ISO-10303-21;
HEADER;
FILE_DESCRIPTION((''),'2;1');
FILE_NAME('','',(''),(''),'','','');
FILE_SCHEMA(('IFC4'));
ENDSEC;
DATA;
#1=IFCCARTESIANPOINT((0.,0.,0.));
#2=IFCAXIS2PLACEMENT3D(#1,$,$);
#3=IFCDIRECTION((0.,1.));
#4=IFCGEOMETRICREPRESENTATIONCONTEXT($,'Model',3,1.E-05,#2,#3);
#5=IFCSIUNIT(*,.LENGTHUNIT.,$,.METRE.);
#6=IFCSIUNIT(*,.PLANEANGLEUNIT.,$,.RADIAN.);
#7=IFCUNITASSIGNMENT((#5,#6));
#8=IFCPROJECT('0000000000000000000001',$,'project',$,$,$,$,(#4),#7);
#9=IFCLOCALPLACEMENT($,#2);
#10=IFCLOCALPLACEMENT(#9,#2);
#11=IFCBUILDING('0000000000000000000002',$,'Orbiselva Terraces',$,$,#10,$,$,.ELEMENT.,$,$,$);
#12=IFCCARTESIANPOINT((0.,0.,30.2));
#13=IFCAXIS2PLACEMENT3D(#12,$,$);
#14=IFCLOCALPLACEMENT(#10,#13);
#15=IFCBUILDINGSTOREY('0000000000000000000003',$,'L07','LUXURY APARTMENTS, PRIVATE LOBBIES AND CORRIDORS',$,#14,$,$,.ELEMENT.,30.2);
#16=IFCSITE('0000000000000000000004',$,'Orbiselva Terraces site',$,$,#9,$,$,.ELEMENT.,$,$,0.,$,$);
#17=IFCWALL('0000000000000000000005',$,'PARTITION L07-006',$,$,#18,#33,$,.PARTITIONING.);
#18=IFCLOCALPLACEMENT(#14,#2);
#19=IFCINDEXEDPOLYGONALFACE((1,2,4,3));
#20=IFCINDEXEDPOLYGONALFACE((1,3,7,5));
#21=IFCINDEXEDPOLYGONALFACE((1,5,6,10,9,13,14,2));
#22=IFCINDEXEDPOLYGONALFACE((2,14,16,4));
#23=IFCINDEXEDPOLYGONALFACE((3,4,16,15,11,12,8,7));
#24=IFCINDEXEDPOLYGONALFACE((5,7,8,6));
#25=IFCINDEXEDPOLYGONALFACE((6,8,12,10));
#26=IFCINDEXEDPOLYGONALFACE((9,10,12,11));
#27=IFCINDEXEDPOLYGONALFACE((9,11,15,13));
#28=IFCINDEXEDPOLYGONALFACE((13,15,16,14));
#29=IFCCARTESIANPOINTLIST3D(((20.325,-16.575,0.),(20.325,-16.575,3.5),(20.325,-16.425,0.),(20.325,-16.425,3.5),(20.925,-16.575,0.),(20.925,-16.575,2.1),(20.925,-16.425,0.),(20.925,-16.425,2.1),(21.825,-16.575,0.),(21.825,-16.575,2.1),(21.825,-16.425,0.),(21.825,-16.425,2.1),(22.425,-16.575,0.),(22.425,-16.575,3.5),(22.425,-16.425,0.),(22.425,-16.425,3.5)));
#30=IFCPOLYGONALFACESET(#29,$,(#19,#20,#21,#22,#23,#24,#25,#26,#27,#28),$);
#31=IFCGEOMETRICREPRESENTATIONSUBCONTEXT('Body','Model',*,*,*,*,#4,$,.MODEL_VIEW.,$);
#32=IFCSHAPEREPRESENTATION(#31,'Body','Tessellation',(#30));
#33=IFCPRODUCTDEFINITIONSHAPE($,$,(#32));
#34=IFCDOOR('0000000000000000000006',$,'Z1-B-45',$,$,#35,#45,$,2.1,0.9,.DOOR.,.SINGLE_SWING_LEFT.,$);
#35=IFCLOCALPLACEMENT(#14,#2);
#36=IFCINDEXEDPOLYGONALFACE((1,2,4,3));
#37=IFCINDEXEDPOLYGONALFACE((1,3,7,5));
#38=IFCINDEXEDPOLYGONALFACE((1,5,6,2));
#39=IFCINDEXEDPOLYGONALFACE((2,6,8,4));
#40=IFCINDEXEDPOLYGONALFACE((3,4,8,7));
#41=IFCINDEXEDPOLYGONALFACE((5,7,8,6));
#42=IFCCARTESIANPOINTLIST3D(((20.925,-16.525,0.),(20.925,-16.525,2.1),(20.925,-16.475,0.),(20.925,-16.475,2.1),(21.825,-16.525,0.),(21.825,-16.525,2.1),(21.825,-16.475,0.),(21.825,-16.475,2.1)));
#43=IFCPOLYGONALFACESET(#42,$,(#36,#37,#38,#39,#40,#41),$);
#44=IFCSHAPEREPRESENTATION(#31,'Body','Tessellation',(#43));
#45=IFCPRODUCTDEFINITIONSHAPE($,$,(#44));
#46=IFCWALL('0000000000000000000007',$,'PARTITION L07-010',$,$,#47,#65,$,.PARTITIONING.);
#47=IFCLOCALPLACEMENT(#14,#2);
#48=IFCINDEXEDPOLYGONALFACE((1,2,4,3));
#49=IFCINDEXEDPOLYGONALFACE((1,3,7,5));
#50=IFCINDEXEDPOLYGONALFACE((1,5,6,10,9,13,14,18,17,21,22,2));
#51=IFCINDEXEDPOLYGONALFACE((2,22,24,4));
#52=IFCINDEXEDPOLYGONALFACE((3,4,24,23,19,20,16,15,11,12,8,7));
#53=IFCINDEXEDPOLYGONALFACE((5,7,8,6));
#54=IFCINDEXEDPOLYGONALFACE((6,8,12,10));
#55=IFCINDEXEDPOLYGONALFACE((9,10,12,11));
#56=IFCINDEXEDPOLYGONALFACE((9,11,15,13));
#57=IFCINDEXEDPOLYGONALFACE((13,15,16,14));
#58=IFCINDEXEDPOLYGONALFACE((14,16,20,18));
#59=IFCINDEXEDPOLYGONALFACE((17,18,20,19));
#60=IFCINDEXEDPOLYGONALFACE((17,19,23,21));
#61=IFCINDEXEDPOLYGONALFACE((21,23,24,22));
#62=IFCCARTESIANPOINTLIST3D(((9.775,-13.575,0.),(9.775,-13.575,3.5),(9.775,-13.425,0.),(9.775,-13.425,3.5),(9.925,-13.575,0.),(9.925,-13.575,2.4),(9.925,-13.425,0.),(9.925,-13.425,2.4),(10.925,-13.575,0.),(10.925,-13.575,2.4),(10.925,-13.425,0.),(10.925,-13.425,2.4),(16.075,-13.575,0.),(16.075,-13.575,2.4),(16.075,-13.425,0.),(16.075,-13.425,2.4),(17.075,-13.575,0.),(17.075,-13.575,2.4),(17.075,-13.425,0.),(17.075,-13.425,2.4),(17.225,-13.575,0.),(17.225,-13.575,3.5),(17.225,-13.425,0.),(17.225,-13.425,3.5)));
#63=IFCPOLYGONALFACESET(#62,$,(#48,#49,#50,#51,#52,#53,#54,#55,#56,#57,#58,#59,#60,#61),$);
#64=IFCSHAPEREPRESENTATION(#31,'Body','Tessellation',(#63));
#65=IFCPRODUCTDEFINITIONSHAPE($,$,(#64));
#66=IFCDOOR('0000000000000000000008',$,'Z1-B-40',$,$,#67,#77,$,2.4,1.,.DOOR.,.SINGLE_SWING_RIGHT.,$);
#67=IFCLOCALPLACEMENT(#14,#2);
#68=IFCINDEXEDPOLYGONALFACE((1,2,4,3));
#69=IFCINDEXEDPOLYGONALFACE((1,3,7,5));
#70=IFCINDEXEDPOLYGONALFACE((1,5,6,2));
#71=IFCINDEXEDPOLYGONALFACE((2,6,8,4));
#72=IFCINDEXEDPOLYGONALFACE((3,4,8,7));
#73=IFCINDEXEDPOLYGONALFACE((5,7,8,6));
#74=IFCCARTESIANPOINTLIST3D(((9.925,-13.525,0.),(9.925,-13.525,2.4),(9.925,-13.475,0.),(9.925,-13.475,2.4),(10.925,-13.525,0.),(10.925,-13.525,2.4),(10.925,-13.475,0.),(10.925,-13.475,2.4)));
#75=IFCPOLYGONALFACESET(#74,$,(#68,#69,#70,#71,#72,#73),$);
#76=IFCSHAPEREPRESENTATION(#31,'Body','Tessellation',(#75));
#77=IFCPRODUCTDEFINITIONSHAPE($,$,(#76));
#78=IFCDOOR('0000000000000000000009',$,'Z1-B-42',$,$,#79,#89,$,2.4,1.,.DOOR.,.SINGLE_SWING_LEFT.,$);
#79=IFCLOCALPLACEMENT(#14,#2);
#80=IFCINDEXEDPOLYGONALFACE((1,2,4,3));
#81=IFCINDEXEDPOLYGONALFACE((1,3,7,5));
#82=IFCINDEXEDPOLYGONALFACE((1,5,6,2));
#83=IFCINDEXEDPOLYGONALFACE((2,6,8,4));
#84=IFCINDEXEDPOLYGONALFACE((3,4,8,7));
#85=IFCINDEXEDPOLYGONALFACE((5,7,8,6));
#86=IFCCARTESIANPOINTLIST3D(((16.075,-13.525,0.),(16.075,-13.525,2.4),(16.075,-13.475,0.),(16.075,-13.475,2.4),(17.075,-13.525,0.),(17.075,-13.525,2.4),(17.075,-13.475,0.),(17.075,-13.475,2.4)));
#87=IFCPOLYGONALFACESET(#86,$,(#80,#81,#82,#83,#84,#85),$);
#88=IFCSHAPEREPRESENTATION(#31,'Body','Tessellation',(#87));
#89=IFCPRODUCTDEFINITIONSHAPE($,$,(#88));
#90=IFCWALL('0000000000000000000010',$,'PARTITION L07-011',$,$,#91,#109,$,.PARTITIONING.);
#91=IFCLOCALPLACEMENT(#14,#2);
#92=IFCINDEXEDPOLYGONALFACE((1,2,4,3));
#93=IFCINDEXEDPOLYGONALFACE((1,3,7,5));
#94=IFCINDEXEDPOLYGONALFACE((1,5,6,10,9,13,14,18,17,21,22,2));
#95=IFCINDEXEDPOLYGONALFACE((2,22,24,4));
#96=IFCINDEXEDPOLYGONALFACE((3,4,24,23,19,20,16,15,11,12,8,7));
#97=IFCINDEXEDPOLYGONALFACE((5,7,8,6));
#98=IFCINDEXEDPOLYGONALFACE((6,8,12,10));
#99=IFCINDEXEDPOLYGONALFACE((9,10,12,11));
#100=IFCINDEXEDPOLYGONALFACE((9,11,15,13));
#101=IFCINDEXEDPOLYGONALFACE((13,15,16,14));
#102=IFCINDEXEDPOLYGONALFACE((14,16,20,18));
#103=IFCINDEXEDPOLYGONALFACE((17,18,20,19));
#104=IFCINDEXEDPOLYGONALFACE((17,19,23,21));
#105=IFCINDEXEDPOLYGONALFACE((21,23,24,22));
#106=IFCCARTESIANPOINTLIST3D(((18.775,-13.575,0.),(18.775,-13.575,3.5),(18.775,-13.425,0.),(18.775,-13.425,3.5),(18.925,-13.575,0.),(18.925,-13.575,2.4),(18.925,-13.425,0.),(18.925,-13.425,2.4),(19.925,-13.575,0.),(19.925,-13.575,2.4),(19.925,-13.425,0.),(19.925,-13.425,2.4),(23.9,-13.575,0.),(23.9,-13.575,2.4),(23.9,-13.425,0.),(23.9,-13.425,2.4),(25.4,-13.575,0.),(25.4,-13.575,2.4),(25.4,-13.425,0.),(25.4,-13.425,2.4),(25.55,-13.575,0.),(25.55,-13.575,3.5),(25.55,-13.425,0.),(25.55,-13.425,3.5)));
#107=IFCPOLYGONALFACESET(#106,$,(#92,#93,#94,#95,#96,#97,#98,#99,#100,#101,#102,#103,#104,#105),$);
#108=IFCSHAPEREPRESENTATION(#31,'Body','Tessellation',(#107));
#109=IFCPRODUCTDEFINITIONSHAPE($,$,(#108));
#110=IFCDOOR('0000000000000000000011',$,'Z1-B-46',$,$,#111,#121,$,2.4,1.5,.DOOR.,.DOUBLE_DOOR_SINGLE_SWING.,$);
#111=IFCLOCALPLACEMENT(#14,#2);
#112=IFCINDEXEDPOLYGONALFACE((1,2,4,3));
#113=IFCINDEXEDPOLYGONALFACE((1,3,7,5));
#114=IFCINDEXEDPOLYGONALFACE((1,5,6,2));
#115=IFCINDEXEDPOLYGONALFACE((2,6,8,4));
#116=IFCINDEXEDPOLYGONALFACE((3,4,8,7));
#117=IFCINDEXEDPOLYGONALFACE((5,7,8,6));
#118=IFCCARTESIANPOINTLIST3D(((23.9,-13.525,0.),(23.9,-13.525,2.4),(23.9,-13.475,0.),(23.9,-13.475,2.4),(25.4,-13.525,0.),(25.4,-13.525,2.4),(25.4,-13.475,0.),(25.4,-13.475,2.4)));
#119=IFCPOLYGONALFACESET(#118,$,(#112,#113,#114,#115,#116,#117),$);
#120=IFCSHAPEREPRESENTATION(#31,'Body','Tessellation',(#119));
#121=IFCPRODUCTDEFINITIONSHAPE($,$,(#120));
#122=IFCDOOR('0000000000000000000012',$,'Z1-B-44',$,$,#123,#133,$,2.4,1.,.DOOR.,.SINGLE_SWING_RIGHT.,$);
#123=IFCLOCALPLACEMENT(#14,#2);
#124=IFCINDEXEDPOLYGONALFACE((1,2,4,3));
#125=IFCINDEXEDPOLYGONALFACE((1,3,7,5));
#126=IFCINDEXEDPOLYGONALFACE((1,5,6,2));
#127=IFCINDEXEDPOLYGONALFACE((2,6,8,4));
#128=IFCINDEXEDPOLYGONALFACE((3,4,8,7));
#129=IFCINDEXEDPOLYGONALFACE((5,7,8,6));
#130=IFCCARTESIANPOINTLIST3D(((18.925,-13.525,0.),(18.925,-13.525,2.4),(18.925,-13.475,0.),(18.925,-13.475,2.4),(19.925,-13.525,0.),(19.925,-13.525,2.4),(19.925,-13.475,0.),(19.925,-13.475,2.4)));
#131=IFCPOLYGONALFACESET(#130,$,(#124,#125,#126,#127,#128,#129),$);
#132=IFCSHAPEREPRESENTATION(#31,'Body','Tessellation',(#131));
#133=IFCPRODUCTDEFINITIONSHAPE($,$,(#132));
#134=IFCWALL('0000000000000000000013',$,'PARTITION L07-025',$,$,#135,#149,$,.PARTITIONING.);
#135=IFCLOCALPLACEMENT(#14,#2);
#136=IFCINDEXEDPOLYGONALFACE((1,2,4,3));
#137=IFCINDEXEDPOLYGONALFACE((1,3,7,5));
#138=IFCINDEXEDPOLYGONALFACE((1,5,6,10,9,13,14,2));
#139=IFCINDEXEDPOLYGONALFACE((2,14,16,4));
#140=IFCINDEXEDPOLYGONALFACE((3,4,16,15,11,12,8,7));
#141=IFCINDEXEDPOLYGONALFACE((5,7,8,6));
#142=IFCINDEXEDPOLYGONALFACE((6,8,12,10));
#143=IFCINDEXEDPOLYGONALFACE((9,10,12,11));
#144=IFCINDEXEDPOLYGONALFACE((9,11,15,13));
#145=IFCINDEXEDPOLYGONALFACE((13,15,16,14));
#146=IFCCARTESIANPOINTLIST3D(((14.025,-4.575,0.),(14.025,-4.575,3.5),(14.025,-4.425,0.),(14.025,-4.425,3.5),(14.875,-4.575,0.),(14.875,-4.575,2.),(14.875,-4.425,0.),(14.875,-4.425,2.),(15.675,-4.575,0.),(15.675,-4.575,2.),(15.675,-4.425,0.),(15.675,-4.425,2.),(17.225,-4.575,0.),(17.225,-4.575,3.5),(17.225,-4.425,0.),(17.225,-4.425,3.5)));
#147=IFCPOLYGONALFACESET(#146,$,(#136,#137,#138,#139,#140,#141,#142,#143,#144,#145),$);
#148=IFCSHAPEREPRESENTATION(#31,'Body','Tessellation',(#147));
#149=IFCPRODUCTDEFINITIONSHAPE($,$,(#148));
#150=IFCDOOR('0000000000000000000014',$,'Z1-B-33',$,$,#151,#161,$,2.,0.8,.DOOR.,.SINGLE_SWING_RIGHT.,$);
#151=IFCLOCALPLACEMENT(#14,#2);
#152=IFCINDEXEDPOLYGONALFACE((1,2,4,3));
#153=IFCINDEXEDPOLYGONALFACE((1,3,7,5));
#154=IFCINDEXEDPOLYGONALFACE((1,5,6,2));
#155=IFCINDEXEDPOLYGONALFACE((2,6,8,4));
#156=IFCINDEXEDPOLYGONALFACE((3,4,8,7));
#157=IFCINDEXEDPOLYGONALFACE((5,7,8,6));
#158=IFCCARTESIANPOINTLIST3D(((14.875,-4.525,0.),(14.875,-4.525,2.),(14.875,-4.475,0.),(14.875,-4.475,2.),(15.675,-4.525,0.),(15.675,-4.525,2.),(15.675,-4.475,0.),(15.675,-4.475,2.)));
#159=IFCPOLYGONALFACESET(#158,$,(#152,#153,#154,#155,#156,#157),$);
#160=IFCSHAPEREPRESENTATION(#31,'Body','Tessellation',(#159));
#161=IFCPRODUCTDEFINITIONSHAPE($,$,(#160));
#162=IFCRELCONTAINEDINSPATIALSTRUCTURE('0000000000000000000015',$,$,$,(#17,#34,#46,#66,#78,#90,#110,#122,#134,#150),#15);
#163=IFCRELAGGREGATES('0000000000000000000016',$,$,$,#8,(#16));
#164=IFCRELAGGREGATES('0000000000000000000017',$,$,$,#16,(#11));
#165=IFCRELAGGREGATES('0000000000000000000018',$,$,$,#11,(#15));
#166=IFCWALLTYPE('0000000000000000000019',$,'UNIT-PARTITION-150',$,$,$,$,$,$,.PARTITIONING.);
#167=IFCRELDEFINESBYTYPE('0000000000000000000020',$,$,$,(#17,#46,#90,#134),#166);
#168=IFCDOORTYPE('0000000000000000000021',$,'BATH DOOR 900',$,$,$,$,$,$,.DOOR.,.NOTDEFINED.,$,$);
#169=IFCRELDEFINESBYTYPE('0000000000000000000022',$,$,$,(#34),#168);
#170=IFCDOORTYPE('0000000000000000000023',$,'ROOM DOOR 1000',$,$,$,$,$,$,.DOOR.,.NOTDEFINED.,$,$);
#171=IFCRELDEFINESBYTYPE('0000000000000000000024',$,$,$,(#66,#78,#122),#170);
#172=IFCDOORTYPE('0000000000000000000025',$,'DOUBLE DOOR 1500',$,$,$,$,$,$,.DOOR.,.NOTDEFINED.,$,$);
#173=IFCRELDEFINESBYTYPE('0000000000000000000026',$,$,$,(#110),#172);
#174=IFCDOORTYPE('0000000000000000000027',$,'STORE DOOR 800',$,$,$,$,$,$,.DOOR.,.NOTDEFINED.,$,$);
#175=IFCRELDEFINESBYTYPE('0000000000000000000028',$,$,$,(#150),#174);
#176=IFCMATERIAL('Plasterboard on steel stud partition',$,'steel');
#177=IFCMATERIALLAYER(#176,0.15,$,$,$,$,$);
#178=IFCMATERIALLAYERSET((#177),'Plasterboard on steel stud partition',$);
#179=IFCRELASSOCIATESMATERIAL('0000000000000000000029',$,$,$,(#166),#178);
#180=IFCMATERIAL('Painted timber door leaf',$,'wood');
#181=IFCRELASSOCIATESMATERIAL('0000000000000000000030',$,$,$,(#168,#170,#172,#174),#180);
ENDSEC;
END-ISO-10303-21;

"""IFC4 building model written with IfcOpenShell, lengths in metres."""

from ifc_helpers import new_model, si_unit, direction, frame, frame_2d, origin, place, context, subcontext, project, spatial, rectangle, extrude, material, layer, layer_set, type_object, element, fill, save


model = new_model("IFC4")

# Units and contexts
model_context = context("Model", 3, precision=1e-05, world=origin(), true_north=direction((0.0, 1.0)))
body_context = subcontext(model_context, "Body", "Model", "MODEL_VIEW")
ifc_project = project(units=[si_unit("LENGTHUNIT", "METRE"), si_unit("PLANEANGLEUNIT", "RADIAN")], contexts=[model_context])

# Site, building, storey
site_placement = place(None, origin())
site = spatial("IfcSite", under=ifc_project, at=site_placement, Name="Orbiselva Terraces site", CompositionType="ELEMENT", RefElevation=0.0)
building_placement = place(site_placement, origin())
building = spatial("IfcBuilding", under=site, at=building_placement, Name="Orbiselva Terraces", CompositionType="ELEMENT")
storey_placement = place(building_placement, frame((0.0, 0.0, 30.2)))
storey = spatial("IfcBuildingStorey", under=building, at=storey_placement, Name="L07", Description="LUXURY APARTMENTS, PRIVATE LOBBIES AND CORRIDORS", CompositionType="ELEMENT", Elevation=30.2)

# Shared definitions
ifc_material_1 = material(Name="Plasterboard on steel stud partition", Category="steel")

# Wall, opening, door
ifc_layer_1 = layer(ifc_material_1, 0.15)
ifc_layer_set_1 = layer_set([ifc_layer_1], Name="Plasterboard on steel stud partition")
wall_type_1 = type_object("IfcWallType", Name="UNIT-PARTITION-150", PredefinedType="PARTITIONING", material=ifc_layer_set_1)
wall_1_placement = place(storey_placement, frame((20.325, -16.5, 0.0), z_axis=(0.0, 0.0, 1.0), x_axis=(1.0, 0.0, 0.0)))
wall_1 = element("IfcWall", 1, at=wall_1_placement, inside=storey, type_object=wall_type_1, Name="PARTITION L07-006", PredefinedType="PARTITIONING", context=body_context, shape_type="SweptSolid", body=[
    extrude(rectangle(XDim=2.1, YDim=0.15, at=frame_2d((1.05, 0.0))), origin(), (0.0, 0.0, 1.0), 3.5),
])
opening_1_placement = place(wall_1_placement, frame((0.6, 0.0, 0.0)))
opening_1 = element("IfcOpeningElement", 2, at=opening_1_placement, cuts=wall_1, PredefinedType="OPENING", context=body_context, shape_type="SweptSolid", body=[
    extrude(rectangle(XDim=0.9, YDim=2.1, at=frame_2d((0.45, 1.05))), frame((0.0, 0.085, 0.0), z_axis=(0.0, -1.0, 0.0), x_axis=(1.0, 0.0, 0.0)), (0.0, 0.0, 1.0), 0.17),
])
ifc_material_2 = material(Name="Painted timber door leaf", Category="wood")
door_type_1 = type_object("IfcDoorType", Name="BATH DOOR 900", OperationType="NOTDEFINED", PredefinedType="DOOR", material=ifc_material_2)
door_1_placement = place(opening_1_placement, origin())
door_1 = element("IfcDoor", 3, at=door_1_placement, inside=storey, type_object=door_type_1, Name="Z1-B-45", OperationType="SINGLE_SWING_LEFT", OverallHeight=2.1, OverallWidth=0.9, PredefinedType="DOOR", context=body_context, shape_type="SweptSolid", body=[
    extrude(rectangle(XDim=0.9, YDim=2.1, at=frame_2d((0.45, 1.05))), frame((0.0, 0.025, 0.0), z_axis=(0.0, -1.0, 0.0), x_axis=(1.0, 0.0, 0.0)), (0.0, 0.0, 1.0), 0.05),
])
fill(opening_1, door_1)

# Walls, openings, doors
wall_2_placement = place(storey_placement, frame((17.225, -13.5, 0.0), z_axis=(0.0, 0.0, 1.0), x_axis=(-1.0, 0.0, 0.0)))
wall_2 = element("IfcWall", 4, at=wall_2_placement, inside=storey, type_object=wall_type_1, Name="PARTITION L07-010", PredefinedType="PARTITIONING", context=body_context, shape_type="SweptSolid", body=[
    extrude(rectangle(XDim=7.45, YDim=0.15, at=frame_2d((3.725, 0.0))), origin(), (0.0, 0.0, 1.0), 3.5),
])
opening_2_placement = place(wall_2_placement, frame((6.3, 0.0, 0.0)))
opening_2 = element("IfcOpeningElement", 5, at=opening_2_placement, cuts=wall_2, PredefinedType="OPENING", context=body_context, shape_type="SweptSolid", body=[
    extrude(rectangle(XDim=1.0, YDim=2.4, at=frame_2d((0.5, 1.2))), frame((0.0, 0.085, 0.0), z_axis=(0.0, -1.0, 0.0), x_axis=(1.0, 0.0, 0.0)), (0.0, 0.0, 1.0), 0.17),
])
opening_3_placement = place(wall_2_placement, frame((0.15, 0.0, 0.0)))
opening_3 = element("IfcOpeningElement", 6, at=opening_3_placement, cuts=wall_2, PredefinedType="OPENING", context=body_context, shape_type="SweptSolid", body=[
    extrude(rectangle(XDim=1.0, YDim=2.4, at=frame_2d((0.5, 1.2))), frame((0.0, 0.085, 0.0), z_axis=(0.0, -1.0, 0.0), x_axis=(1.0, 0.0, 0.0)), (0.0, 0.0, 1.0), 0.17),
])
door_type_2 = type_object("IfcDoorType", Name="ROOM DOOR 1000", OperationType="NOTDEFINED", PredefinedType="DOOR", material=ifc_material_2)
door_2_placement = place(opening_2_placement, origin())
door_2 = element("IfcDoor", 7, at=door_2_placement, inside=storey, type_object=door_type_2, Name="Z1-B-40", OperationType="SINGLE_SWING_RIGHT", OverallHeight=2.4, OverallWidth=1.0, PredefinedType="DOOR", context=body_context, shape_type="SweptSolid", body=[
    extrude(rectangle(XDim=1.0, YDim=2.4, at=frame_2d((0.5, 1.2))), frame((0.0, 0.025, 0.0), z_axis=(0.0, -1.0, 0.0), x_axis=(1.0, 0.0, 0.0)), (0.0, 0.0, 1.0), 0.05),
])
fill(opening_2, door_2)
door_3_placement = place(opening_3_placement, origin())
door_3 = element("IfcDoor", 8, at=door_3_placement, inside=storey, type_object=door_type_2, Name="Z1-B-42", OperationType="SINGLE_SWING_LEFT", OverallHeight=2.4, OverallWidth=1.0, PredefinedType="DOOR", context=body_context, shape_type="SweptSolid", body=[
    extrude(rectangle(XDim=1.0, YDim=2.4, at=frame_2d((0.5, 1.2))), frame((0.0, 0.025, 0.0), z_axis=(0.0, -1.0, 0.0), x_axis=(1.0, 0.0, 0.0)), (0.0, 0.0, 1.0), 0.05),
])
fill(opening_3, door_3)
wall_3_placement = place(storey_placement, frame((25.55, -13.5, 0.0), z_axis=(0.0, 0.0, 1.0), x_axis=(-1.0, 0.0, 0.0)))
wall_3 = element("IfcWall", 9, at=wall_3_placement, inside=storey, type_object=wall_type_1, Name="PARTITION L07-011", PredefinedType="PARTITIONING", context=body_context, shape_type="SweptSolid", body=[
    extrude(rectangle(XDim=6.775, YDim=0.15, at=frame_2d((3.3875, 0.0))), origin(), (0.0, 0.0, 1.0), 3.5),
])
opening_4_placement = place(wall_3_placement, frame((5.625, 0.0, 0.0)))
opening_4 = element("IfcOpeningElement", 10, at=opening_4_placement, cuts=wall_3, PredefinedType="OPENING", context=body_context, shape_type="SweptSolid", body=[
    extrude(rectangle(XDim=1.0, YDim=2.4, at=frame_2d((0.5, 1.2))), frame((0.0, 0.085, 0.0), z_axis=(0.0, -1.0, 0.0), x_axis=(1.0, 0.0, 0.0)), (0.0, 0.0, 1.0), 0.17),
])
opening_5_placement = place(wall_3_placement, frame((0.15, 0.0, 0.0)))
opening_5 = element("IfcOpeningElement", 11, at=opening_5_placement, cuts=wall_3, PredefinedType="OPENING", context=body_context, shape_type="SweptSolid", body=[
    extrude(rectangle(XDim=1.5, YDim=2.4, at=frame_2d((0.75, 1.2))), frame((0.0, 0.085, 0.0), z_axis=(0.0, -1.0, 0.0), x_axis=(1.0, 0.0, 0.0)), (0.0, 0.0, 1.0), 0.17),
])
door_type_3 = type_object("IfcDoorType", Name="DOUBLE DOOR 1500", OperationType="NOTDEFINED", PredefinedType="DOOR", material=ifc_material_2)
door_4_placement = place(opening_5_placement, origin())
door_4 = element("IfcDoor", 12, at=door_4_placement, inside=storey, type_object=door_type_3, Name="Z1-B-46", OperationType="DOUBLE_DOOR_SINGLE_SWING", OverallHeight=2.4, OverallWidth=1.5, PredefinedType="DOOR", context=body_context, shape_type="SweptSolid", body=[
    extrude(rectangle(XDim=1.5, YDim=2.4, at=frame_2d((0.75, 1.2))), frame((0.0, 0.025, 0.0), z_axis=(0.0, -1.0, 0.0), x_axis=(1.0, 0.0, 0.0)), (0.0, 0.0, 1.0), 0.05),
])
fill(opening_5, door_4)
door_5_placement = place(opening_4_placement, origin())
door_5 = element("IfcDoor", 13, at=door_5_placement, inside=storey, type_object=door_type_2, Name="Z1-B-44", OperationType="SINGLE_SWING_RIGHT", OverallHeight=2.4, OverallWidth=1.0, PredefinedType="DOOR", context=body_context, shape_type="SweptSolid", body=[
    extrude(rectangle(XDim=1.0, YDim=2.4, at=frame_2d((0.5, 1.2))), frame((0.0, 0.025, 0.0), z_axis=(0.0, -1.0, 0.0), x_axis=(1.0, 0.0, 0.0)), (0.0, 0.0, 1.0), 0.05),
])
fill(opening_4, door_5)

# Wall, opening, door
wall_4_placement = place(storey_placement, frame((17.225, -4.5, 0.0), z_axis=(0.0, 0.0, 1.0), x_axis=(-1.0, 0.0, 0.0)))
wall_4 = element("IfcWall", 14, at=wall_4_placement, inside=storey, type_object=wall_type_1, Name="PARTITION L07-025", PredefinedType="PARTITIONING", context=body_context, shape_type="SweptSolid", body=[
    extrude(rectangle(XDim=3.2, YDim=0.15, at=frame_2d((1.6, 0.0))), origin(), (0.0, 0.0, 1.0), 3.5),
])
opening_6_placement = place(wall_4_placement, frame((1.55, 0.0, 0.0)))
opening_6 = element("IfcOpeningElement", 15, at=opening_6_placement, cuts=wall_4, PredefinedType="OPENING", context=body_context, shape_type="SweptSolid", body=[
    extrude(rectangle(XDim=0.8, YDim=2.0, at=frame_2d((0.4, 1.0))), frame((0.0, 0.085, 0.0), z_axis=(0.0, -1.0, 0.0), x_axis=(1.0, 0.0, 0.0)), (0.0, 0.0, 1.0), 0.17),
])
door_type_4 = type_object("IfcDoorType", Name="STORE DOOR 800", OperationType="NOTDEFINED", PredefinedType="DOOR", material=ifc_material_2)
door_6_placement = place(opening_6_placement, origin())
door_6 = element("IfcDoor", 16, at=door_6_placement, inside=storey, type_object=door_type_4, Name="Z1-B-33", OperationType="SINGLE_SWING_RIGHT", OverallHeight=2.0, OverallWidth=0.8, PredefinedType="DOOR", context=body_context, shape_type="SweptSolid", body=[
    extrude(rectangle(XDim=0.8, YDim=2.0, at=frame_2d((0.4, 1.0))), frame((0.0, 0.025, 0.0), z_axis=(0.0, -1.0, 0.0), x_axis=(1.0, 0.0, 0.0)), (0.0, 0.0, 1.0), 0.05),
])
fill(opening_6, door_6)

save(model, "model.ifc")
